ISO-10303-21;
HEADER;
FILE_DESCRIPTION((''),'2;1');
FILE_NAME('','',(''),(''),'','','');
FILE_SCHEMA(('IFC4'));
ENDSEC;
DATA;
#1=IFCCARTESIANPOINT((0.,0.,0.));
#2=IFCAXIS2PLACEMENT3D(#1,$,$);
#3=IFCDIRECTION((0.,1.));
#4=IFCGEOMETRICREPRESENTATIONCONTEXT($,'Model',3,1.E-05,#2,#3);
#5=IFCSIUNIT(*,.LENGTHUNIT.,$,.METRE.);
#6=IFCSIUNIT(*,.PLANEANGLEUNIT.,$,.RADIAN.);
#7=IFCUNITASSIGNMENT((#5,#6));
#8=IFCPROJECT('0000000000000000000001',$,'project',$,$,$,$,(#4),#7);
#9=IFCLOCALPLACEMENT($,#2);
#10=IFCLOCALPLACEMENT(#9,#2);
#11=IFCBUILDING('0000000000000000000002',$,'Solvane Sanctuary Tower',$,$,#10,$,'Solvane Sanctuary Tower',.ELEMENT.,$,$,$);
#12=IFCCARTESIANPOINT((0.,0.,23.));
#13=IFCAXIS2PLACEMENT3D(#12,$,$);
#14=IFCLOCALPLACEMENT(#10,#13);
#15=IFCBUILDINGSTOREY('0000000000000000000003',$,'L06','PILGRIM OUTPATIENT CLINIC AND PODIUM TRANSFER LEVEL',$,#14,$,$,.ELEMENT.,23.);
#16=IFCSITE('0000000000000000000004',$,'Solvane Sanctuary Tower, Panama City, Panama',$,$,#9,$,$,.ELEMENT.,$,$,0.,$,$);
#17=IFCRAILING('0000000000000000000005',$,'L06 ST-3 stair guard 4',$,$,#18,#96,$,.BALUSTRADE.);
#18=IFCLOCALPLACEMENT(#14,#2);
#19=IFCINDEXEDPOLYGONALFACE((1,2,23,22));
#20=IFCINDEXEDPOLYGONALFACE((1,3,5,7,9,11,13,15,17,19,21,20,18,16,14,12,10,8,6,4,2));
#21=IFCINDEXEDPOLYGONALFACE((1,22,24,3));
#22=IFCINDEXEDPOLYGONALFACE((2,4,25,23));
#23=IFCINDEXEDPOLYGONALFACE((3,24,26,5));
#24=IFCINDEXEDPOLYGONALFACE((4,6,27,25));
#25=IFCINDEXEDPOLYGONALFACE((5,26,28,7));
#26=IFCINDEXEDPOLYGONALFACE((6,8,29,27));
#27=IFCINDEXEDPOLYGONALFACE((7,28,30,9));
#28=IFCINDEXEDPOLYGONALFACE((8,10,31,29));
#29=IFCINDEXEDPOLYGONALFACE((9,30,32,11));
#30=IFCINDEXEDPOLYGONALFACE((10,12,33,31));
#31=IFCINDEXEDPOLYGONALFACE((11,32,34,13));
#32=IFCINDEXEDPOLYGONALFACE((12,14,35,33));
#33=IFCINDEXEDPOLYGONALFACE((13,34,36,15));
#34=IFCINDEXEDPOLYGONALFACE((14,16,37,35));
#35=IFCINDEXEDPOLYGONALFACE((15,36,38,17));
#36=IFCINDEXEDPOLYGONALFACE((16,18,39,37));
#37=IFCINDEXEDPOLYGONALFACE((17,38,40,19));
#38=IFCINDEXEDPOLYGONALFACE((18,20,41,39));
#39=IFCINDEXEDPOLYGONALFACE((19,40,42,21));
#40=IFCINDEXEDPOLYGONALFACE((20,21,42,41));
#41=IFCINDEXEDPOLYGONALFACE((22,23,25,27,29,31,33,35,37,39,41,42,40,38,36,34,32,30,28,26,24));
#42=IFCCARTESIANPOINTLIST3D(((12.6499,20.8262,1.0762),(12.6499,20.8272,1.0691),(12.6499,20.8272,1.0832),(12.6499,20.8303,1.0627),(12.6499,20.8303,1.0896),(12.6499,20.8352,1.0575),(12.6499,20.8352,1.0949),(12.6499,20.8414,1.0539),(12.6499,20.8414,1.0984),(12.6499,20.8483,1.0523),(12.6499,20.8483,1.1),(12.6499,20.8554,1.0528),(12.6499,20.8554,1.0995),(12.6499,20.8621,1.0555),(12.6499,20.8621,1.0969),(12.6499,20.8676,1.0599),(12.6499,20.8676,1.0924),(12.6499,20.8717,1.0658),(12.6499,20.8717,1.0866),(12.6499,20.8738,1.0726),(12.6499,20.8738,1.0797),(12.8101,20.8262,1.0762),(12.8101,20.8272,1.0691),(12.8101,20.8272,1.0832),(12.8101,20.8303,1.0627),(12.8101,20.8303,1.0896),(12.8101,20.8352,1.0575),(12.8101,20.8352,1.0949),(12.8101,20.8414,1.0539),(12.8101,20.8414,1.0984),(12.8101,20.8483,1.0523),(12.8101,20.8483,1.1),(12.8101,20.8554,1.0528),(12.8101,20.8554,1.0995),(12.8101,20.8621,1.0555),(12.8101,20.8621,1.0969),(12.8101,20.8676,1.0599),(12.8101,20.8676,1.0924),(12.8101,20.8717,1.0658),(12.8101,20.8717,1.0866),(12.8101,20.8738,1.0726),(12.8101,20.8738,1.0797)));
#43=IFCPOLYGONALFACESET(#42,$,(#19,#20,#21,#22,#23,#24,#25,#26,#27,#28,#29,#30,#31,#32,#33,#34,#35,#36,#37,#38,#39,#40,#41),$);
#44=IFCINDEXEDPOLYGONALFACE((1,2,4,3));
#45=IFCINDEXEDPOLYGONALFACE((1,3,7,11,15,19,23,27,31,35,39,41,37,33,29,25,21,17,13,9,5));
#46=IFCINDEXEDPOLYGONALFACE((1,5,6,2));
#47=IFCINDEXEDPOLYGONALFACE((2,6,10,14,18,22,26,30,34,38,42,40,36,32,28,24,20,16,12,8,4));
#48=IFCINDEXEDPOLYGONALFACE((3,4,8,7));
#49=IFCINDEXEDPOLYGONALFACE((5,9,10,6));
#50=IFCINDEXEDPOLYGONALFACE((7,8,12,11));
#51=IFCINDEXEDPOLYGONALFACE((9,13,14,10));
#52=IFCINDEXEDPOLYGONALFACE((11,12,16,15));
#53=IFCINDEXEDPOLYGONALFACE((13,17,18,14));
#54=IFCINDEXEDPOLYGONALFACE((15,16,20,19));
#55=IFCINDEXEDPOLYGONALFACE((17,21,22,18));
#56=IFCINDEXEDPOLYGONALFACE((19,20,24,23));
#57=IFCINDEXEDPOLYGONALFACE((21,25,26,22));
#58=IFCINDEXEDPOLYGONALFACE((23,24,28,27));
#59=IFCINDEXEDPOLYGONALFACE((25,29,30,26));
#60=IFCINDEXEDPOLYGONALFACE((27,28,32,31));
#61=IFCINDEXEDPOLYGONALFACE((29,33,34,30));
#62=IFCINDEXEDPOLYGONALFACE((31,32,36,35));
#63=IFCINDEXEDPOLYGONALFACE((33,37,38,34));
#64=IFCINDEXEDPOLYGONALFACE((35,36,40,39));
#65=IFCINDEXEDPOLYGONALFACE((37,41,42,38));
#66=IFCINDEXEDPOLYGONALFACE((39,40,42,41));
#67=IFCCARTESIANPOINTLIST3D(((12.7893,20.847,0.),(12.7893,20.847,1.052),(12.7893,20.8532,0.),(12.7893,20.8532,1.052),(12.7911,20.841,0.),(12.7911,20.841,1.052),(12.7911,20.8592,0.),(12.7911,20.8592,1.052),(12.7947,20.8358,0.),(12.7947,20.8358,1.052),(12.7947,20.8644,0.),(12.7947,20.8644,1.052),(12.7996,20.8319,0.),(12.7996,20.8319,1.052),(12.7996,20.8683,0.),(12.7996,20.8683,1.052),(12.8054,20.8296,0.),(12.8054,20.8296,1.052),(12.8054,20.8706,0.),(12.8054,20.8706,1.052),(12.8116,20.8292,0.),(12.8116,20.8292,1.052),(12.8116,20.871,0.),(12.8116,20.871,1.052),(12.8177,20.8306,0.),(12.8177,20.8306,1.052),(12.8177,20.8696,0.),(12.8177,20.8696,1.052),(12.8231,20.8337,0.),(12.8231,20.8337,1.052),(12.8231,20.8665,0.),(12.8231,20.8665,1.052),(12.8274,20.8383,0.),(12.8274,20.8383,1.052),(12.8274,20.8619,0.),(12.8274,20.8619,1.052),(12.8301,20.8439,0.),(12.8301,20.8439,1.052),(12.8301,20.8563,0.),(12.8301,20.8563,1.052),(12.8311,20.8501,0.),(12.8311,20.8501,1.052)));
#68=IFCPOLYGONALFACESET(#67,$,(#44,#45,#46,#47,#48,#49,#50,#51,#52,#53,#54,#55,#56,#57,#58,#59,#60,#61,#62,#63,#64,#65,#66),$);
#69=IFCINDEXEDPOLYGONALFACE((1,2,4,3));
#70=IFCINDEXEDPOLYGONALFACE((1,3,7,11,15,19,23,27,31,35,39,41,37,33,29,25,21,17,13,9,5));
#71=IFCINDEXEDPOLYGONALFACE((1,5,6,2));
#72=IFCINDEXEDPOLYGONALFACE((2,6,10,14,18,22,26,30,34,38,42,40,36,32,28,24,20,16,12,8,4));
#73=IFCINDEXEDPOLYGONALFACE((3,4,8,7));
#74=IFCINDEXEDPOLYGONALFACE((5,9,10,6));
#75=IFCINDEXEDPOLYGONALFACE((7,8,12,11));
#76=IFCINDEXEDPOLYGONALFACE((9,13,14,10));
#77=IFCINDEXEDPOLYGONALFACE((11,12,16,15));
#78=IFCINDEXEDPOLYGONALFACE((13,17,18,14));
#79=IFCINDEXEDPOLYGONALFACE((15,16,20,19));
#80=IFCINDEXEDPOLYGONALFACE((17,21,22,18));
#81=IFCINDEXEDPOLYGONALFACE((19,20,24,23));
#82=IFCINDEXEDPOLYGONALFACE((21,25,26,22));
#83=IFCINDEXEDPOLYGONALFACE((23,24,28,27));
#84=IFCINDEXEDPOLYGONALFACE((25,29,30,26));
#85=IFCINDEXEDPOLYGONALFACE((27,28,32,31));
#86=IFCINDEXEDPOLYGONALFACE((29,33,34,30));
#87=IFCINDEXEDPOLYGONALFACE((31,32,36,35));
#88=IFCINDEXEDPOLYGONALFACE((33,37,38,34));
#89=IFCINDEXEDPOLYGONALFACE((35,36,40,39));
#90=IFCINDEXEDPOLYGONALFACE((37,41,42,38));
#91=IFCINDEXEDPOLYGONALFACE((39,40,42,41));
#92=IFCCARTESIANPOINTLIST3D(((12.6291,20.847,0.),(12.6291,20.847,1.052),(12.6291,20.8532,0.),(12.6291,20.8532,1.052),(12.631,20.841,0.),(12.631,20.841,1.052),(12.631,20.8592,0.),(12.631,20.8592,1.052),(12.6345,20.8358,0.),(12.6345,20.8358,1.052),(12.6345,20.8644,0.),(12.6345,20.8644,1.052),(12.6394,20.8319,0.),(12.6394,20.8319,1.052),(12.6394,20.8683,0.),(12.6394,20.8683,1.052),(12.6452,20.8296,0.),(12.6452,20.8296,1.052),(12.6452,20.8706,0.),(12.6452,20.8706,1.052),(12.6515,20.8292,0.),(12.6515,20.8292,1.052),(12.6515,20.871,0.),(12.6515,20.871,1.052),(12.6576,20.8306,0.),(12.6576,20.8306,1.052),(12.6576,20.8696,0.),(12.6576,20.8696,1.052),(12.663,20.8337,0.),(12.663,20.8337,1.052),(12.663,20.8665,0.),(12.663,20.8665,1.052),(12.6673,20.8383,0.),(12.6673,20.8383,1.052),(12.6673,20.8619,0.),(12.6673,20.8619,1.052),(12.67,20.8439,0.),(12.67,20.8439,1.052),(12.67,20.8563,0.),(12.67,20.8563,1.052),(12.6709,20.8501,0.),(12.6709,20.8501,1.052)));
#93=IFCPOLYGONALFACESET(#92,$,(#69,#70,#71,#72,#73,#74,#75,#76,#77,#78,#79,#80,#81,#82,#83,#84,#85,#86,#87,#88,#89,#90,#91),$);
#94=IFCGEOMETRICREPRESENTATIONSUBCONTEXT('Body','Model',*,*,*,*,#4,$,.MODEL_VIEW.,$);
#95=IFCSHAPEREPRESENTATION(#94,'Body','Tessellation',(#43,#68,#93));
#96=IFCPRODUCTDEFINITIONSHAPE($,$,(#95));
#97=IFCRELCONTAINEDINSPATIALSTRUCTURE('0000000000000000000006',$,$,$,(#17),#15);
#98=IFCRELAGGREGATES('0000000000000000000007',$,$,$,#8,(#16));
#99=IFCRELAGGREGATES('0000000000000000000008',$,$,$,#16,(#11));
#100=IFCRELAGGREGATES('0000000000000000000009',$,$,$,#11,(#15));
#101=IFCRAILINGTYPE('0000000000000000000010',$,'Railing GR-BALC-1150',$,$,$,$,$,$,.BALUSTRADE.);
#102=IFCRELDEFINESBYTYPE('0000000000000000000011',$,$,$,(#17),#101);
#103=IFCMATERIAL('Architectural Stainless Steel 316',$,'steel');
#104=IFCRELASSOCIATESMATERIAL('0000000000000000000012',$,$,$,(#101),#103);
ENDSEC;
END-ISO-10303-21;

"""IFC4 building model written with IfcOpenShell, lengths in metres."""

from ifc_helpers import new_model, si_unit, direction, frame, origin, origin_2d, place, context, subcontext, project, spatial, circle, extrude, material, type_object, element, save


model = new_model("IFC4")

# Units and contexts
model_context = context("Model", 3, precision=1e-05, world=origin(), true_north=direction((0.0, 1.0)))
body_context = subcontext(model_context, "Body", "Model", "MODEL_VIEW")
ifc_project = project(units=[si_unit("LENGTHUNIT", "METRE"), si_unit("PLANEANGLEUNIT", "RADIAN")], contexts=[model_context])

# Site, building, storey
site_placement = place(None, origin())
site = spatial("IfcSite", under=ifc_project, at=site_placement, Name="Solvane Sanctuary Tower, Panama City, Panama", CompositionType="ELEMENT", RefElevation=0.0)
building_placement = place(site_placement, origin())
building = spatial("IfcBuilding", under=site, at=building_placement, Name="Solvane Sanctuary Tower", LongName="Solvane Sanctuary Tower", CompositionType="ELEMENT")
storey_placement = place(building_placement, frame((0.0, 0.0, 23.0)))
storey = spatial("IfcBuildingStorey", under=building, at=storey_placement, Name="L06", Description="PILGRIM OUTPATIENT CLINIC AND PODIUM TRANSFER LEVEL", CompositionType="ELEMENT", Elevation=23.0)

# Railing
ifc_material_1 = material(Name="Architectural Stainless Steel 316", Category="steel")
railing_type_1 = type_object("IfcRailingType", Name="Railing GR-BALC-1150", PredefinedType="BALUSTRADE", material=ifc_material_1)
railing_1_placement = place(storey_placement, frame((12.8101, 20.8501, 0.0)))
element("IfcRailing", 1, at=railing_1_placement, inside=storey, type_object=railing_type_1, Name="L06 ST-3 stair guard 4", PredefinedType="BALUSTRADE", context=body_context, shape_type="SweptSolid", body=[
    extrude(circle(Radius=0.0239, at=origin_2d()), frame((0.0, 0.0, 1.0762), z_axis=(-1.0, 0.0, 0.0), x_axis=(0.0, -1.0, 0.0)), (0.0, 0.0, 1.0), 0.1602),
    extrude(circle(Radius=0.021, at=origin_2d()), origin(), (0.0, 0.0, 1.0), 1.052),
    extrude(circle(Radius=0.021, at=origin_2d()), frame((-0.1602, 0.0, 0.0)), (0.0, 0.0, 1.0), 1.052),
])

save(model, "model.ifc")
